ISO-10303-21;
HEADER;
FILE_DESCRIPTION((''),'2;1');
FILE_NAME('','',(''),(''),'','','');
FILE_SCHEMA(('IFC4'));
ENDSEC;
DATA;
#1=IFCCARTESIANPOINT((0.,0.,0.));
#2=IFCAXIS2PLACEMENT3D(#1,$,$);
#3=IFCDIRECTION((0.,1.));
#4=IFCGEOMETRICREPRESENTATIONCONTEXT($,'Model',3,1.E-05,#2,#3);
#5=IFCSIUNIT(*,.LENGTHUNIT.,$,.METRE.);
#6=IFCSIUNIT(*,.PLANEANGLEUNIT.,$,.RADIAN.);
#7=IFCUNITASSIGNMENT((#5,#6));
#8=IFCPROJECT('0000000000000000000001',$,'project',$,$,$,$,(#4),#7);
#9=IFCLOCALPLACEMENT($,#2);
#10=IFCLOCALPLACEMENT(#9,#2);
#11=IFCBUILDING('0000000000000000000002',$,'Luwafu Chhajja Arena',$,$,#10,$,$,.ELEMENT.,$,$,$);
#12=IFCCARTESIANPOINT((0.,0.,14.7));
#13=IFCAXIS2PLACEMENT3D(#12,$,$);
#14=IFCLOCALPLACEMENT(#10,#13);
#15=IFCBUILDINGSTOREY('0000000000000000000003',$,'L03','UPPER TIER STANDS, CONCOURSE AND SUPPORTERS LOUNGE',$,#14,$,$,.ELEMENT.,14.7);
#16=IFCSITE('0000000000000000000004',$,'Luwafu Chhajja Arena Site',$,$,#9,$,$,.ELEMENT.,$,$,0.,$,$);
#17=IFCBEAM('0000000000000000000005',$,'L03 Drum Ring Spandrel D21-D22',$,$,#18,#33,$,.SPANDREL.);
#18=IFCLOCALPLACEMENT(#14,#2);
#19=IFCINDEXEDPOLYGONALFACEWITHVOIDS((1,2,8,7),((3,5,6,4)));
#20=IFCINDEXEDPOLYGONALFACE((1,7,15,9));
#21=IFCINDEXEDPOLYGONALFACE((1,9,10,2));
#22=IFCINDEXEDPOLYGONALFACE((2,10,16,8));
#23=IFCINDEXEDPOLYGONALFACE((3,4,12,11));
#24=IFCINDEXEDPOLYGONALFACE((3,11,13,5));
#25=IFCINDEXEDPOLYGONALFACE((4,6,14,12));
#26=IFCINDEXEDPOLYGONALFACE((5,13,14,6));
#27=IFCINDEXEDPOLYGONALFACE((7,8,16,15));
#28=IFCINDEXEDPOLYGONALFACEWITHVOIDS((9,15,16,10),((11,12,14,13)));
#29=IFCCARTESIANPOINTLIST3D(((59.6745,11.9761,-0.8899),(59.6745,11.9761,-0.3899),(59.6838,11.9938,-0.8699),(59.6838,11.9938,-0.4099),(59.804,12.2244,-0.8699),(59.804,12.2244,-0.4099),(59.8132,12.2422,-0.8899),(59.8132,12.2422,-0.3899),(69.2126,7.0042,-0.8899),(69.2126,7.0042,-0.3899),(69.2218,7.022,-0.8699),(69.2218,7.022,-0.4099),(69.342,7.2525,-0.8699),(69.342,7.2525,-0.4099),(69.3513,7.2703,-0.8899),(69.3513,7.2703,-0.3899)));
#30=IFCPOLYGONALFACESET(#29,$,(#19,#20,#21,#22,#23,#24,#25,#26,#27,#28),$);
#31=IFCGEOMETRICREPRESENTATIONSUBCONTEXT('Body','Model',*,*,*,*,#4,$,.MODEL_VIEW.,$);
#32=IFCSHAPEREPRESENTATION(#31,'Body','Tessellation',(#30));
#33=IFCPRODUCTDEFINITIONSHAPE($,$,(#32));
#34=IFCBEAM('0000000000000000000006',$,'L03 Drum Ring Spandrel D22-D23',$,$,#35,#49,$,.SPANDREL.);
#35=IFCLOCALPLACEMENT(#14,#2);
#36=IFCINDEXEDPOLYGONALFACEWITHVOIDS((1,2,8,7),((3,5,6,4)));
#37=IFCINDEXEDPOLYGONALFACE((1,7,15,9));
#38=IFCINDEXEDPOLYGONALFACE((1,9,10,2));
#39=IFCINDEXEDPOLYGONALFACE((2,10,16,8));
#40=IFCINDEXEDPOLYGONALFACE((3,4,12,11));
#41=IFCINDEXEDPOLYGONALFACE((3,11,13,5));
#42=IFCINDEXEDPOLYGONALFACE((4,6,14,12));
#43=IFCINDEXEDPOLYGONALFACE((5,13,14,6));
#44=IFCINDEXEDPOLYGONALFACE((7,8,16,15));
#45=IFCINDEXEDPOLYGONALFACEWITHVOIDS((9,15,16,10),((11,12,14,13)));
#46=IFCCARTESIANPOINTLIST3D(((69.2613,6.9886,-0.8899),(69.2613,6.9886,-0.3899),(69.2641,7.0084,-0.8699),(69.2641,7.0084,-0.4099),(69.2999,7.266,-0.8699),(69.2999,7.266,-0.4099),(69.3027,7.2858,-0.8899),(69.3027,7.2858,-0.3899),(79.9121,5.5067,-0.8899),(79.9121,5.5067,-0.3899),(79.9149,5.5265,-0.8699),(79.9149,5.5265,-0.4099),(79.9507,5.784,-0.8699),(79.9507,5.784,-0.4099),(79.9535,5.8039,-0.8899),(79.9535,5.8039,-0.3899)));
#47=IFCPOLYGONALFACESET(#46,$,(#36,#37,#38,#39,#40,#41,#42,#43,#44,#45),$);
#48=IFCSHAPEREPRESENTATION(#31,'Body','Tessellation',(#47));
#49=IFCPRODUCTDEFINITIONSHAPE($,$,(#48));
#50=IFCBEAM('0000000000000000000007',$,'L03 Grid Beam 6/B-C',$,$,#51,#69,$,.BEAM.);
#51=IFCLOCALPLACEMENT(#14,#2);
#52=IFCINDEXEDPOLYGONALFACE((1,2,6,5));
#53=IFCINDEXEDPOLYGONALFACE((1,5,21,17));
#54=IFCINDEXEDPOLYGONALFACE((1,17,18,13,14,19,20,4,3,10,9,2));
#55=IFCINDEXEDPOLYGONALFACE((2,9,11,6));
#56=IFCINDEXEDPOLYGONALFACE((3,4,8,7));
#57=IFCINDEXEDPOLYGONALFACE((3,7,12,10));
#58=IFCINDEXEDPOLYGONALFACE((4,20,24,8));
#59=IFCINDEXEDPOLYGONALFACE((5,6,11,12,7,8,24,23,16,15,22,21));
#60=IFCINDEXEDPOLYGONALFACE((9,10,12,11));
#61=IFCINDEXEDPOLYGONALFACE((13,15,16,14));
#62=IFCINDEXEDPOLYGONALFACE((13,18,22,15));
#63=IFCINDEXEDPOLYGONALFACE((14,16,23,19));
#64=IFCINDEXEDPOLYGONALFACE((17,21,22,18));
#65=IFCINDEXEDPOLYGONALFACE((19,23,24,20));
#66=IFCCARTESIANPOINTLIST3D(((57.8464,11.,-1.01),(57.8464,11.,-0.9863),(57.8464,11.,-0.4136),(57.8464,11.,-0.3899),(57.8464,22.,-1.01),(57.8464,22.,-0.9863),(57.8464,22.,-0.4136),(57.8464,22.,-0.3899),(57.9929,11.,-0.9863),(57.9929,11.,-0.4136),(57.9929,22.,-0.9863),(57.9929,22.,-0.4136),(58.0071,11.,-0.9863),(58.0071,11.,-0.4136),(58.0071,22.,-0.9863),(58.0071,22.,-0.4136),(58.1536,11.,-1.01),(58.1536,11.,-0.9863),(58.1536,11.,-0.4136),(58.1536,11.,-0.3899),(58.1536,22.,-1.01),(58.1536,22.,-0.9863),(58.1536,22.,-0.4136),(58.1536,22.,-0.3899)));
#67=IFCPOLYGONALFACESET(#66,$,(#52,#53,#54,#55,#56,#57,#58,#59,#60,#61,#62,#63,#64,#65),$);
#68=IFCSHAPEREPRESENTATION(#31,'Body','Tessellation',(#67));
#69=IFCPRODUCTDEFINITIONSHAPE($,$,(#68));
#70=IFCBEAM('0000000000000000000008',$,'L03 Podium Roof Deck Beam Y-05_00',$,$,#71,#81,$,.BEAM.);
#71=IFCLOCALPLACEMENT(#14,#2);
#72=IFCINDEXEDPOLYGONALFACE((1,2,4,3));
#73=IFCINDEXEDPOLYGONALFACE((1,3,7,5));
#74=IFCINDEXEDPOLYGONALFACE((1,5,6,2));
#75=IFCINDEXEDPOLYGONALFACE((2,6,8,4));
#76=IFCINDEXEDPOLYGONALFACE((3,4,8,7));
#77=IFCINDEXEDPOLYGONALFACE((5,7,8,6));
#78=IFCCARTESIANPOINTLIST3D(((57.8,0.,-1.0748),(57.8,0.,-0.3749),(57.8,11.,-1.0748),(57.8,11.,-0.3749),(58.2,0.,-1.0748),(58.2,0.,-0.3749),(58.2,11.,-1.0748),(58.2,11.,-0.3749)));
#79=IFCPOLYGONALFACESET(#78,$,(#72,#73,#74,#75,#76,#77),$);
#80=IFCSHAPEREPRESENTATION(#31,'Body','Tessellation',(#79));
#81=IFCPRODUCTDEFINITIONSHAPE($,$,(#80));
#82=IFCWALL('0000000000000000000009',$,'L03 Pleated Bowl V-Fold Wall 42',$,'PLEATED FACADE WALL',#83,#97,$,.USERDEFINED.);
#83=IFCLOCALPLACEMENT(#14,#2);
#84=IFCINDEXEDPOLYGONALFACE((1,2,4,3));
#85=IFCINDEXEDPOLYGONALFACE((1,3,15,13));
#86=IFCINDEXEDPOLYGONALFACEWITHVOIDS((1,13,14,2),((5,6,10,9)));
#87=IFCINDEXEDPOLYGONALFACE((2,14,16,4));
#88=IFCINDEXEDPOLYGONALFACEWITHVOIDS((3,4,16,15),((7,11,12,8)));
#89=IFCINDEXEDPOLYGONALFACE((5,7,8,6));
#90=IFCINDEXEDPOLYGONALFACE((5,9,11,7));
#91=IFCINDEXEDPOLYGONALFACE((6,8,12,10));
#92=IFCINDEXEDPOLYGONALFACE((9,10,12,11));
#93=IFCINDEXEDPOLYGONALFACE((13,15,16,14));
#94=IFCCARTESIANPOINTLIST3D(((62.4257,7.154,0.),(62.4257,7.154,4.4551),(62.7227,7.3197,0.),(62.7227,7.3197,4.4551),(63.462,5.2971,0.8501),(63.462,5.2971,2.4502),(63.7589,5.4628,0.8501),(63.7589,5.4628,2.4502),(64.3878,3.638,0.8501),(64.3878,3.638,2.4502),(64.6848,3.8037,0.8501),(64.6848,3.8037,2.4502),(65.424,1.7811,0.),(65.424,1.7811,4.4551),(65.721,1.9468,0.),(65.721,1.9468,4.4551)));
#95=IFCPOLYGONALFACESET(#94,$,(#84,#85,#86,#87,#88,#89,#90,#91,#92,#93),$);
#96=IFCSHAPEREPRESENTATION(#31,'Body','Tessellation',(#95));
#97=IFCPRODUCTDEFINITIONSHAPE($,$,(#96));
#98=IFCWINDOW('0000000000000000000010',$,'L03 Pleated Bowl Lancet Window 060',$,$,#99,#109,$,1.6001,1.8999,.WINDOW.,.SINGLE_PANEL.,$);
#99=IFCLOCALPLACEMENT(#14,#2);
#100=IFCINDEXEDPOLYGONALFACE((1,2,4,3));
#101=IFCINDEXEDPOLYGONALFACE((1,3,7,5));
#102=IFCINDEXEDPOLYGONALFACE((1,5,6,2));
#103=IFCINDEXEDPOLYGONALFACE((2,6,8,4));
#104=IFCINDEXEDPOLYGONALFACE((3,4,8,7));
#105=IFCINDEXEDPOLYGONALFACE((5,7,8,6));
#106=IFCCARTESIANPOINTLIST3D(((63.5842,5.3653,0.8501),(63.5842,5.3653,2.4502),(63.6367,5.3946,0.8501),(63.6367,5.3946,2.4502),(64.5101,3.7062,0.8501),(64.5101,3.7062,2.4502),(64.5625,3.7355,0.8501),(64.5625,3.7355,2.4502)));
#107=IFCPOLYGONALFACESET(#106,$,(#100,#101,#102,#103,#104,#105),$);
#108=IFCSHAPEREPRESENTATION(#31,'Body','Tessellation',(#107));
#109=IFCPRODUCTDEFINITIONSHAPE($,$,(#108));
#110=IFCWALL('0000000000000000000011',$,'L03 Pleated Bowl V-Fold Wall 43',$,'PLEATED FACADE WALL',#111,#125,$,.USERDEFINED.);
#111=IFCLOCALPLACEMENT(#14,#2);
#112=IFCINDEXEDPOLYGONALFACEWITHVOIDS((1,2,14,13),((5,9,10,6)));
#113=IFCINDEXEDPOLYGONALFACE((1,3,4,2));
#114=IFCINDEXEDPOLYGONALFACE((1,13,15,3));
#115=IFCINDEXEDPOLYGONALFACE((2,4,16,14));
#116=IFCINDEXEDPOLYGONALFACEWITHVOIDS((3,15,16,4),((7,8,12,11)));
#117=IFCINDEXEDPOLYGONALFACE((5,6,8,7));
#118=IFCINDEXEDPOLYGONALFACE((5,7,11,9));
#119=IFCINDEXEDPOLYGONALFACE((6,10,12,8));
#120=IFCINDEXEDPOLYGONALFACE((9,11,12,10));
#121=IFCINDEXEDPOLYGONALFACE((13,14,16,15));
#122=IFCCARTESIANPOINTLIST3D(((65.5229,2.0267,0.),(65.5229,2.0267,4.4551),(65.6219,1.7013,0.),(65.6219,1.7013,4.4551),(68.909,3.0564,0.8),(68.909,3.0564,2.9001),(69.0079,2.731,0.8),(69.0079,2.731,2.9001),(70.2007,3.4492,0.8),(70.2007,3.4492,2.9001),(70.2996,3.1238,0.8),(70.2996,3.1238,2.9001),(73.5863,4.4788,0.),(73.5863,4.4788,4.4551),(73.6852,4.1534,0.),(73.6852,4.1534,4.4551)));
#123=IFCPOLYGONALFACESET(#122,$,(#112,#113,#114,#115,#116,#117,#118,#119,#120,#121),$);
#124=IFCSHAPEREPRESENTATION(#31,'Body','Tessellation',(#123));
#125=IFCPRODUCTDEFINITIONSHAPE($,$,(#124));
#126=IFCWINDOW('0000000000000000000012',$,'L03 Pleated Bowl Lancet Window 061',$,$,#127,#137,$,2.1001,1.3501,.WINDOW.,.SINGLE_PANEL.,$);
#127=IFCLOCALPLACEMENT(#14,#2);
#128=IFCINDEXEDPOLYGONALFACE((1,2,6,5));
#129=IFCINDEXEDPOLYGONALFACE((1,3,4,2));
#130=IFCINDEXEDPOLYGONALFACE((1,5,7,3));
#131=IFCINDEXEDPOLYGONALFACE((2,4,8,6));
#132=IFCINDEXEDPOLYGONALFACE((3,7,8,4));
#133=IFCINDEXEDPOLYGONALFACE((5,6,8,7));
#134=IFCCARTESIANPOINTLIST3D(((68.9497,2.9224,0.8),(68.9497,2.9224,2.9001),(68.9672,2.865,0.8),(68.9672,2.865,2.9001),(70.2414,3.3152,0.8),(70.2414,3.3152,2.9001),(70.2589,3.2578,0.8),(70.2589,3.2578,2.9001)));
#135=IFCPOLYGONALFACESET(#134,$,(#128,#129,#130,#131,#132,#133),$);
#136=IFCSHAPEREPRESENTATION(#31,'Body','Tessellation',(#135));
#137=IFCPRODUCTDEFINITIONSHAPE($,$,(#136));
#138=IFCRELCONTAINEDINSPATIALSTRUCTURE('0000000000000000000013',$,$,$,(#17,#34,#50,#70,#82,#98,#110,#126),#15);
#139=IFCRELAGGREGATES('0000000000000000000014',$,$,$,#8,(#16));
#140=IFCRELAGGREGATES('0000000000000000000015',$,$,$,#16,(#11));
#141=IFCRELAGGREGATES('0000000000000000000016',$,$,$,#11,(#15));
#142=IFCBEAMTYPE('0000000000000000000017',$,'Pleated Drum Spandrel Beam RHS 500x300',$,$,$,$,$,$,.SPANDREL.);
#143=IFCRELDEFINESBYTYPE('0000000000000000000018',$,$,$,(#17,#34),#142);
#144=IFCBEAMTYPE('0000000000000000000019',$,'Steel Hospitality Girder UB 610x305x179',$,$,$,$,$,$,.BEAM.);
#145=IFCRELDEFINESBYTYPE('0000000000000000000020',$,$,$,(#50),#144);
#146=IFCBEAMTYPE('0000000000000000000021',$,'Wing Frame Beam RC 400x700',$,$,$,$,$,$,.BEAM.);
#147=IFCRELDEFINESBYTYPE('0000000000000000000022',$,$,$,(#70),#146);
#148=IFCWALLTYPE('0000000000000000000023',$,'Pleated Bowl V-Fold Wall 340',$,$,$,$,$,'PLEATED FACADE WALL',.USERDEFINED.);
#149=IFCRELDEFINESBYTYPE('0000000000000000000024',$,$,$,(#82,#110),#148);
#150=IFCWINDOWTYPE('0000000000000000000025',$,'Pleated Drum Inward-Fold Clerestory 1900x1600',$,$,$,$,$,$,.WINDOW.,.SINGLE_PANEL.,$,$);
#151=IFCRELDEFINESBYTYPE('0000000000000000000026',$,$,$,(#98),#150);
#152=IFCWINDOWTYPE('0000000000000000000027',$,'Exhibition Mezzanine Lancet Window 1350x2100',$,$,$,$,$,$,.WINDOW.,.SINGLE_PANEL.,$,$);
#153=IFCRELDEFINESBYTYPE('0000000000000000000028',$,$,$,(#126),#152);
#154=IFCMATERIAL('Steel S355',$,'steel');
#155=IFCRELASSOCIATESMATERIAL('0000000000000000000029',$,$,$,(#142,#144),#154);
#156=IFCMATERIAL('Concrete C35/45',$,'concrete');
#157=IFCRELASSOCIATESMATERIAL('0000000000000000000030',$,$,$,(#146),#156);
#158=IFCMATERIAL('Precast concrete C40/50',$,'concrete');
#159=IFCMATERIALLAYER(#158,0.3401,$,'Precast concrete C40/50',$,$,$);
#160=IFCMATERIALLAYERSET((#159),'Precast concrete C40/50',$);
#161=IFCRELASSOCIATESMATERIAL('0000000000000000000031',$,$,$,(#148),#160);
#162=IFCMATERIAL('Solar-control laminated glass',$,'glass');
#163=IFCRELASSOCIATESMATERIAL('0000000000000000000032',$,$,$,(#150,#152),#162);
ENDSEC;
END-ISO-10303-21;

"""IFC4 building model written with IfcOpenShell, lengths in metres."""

from ifc_helpers import new_model, si_unit, direction, frame, frame_2d, origin, origin_2d, place, context, subcontext, project, spatial, rectangle, hollow_rectangle, i_section, extrude, material, layer, layer_set, material_profile, profile_set, type_object, element, fill, save


model = new_model("IFC4")

# Units and contexts
model_context = context("Model", 3, precision=1e-05, world=origin(), true_north=direction((0.0, 1.0)))
body_context = subcontext(model_context, "Body", "Model", "MODEL_VIEW")
ifc_project = project(units=[si_unit("LENGTHUNIT", "METRE"), si_unit("PLANEANGLEUNIT", "RADIAN")], contexts=[model_context])

# Site, building, storey
site_placement = place(None, origin())
site = spatial("IfcSite", under=ifc_project, at=site_placement, Name="Luwafu Chhajja Arena Site", CompositionType="ELEMENT", RefElevation=0.0)
building_placement = place(site_placement, origin())
building = spatial("IfcBuilding", under=site, at=building_placement, Name="Luwafu Chhajja Arena", CompositionType="ELEMENT")
storey_placement = place(building_placement, frame((0.0, 0.0, 14.7)))
storey = spatial("IfcBuildingStorey", under=building, at=storey_placement, Name="L03", Description="UPPER TIER STANDS, CONCOURSE AND SUPPORTERS LOUNGE", CompositionType="ELEMENT", Elevation=14.7)

# Shared definitions
ifc_material_1 = material(Name="Concrete C35/45", Category="concrete")
ifc_material_2 = material(Name="Steel S355", Category="steel")

# Beams
ifc_material_profile_1 = material_profile(ifc_material_2, hollow_rectangle(XDim=0.3, YDim=0.5, WallThickness=0.02, at=origin_2d()), Name="RHS 500x300x20")
ifc_profile_set_1 = profile_set([ifc_material_profile_1], Name="Steel S355")
beam_type_1 = type_object("IfcBeamType", Name="Pleated Drum Spandrel Beam RHS 500x300", PredefinedType="SPANDREL", material=ifc_profile_set_1)
beam_1_placement = place(storey_placement, frame((59.7439, 12.1091, -0.6399), z_axis=(0.886755, -0.462239, 0.0), x_axis=(0.462239, 0.886755, 0.0)))
element("IfcBeam", 1, at=beam_1_placement, inside=storey, type_object=beam_type_1, Name="L03 Drum Ring Spandrel D21-D22", PredefinedType="SPANDREL", context=body_context, shape_type="SweptSolid", body=[
    extrude(hollow_rectangle(XDim=0.3, YDim=0.5, WallThickness=0.02, at=origin_2d()), origin(), (0.0, 0.0, 1.0), 10.7561),
])
beam_2_placement = place(storey_placement, frame((69.282, 7.1372, -0.6399), z_axis=(0.990459, -0.13781, 0.0), x_axis=(0.13781, 0.990459, 0.0)))
element("IfcBeam", 2, at=beam_2_placement, inside=storey, type_object=beam_type_1, Name="L03 Drum Ring Spandrel D22-D23", PredefinedType="SPANDREL", context=body_context, shape_type="SweptSolid", body=[
    extrude(hollow_rectangle(XDim=0.3, YDim=0.5, WallThickness=0.02, at=origin_2d()), origin(), (0.0, 0.0, 1.0), 10.7534),
])
ifc_material_profile_2 = material_profile(ifc_material_2, i_section(OverallWidth=0.3071, OverallDepth=0.6201, WebThickness=0.0142, FlangeThickness=0.0237, at=origin_2d()), Name="UB 610x305x179")
ifc_profile_set_2 = profile_set([ifc_material_profile_2], Name="Steel S355")
beam_type_2 = type_object("IfcBeamType", Name="Steel Hospitality Girder UB 610x305x179", PredefinedType="BEAM", material=ifc_profile_set_2)
beam_3_placement = place(storey_placement, frame((58.0, 11.0, -0.7), z_axis=(0.0, 1.0, 0.0), x_axis=(-1.0, 0.0, 0.0)))
element("IfcBeam", 3, at=beam_3_placement, inside=storey, type_object=beam_type_2, Name="L03 Grid Beam 6/B-C", PredefinedType="BEAM", context=body_context, shape_type="SweptSolid", body=[
    extrude(i_section(OverallWidth=0.3071, OverallDepth=0.6201, WebThickness=0.0142, FlangeThickness=0.0237, at=origin_2d()), origin(), (0.0, 0.0, 1.0), 11.0),
])
ifc_material_profile_3 = material_profile(ifc_material_1, rectangle(XDim=0.3999, YDim=0.7, at=origin_2d()), Name="RC 400x700")
ifc_profile_set_3 = profile_set([ifc_material_profile_3], Name="Concrete C35/45")
beam_type_3 = type_object("IfcBeamType", Name="Wing Frame Beam RC 400x700", PredefinedType="BEAM", material=ifc_profile_set_3)
beam_4_placement = place(storey_placement, frame((58.0, 0.0, -0.7249), z_axis=(0.0, 1.0, 0.0), x_axis=(-1.0, 0.0, 0.0)))
element("IfcBeam", 4, at=beam_4_placement, inside=storey, type_object=beam_type_3, Name="L03 Podium Roof Deck Beam Y-05_00", PredefinedType="BEAM", context=body_context, shape_type="SweptSolid", body=[
    extrude(rectangle(XDim=0.3999, YDim=0.7, at=origin_2d()), origin(), (0.0, 0.0, 1.0), 11.0),
])

# Walls, openings, windows
ifc_material_3 = material(Name="Precast concrete C40/50", Category="concrete")
ifc_layer_1 = layer(ifc_material_3, 0.3401, Name="Precast concrete C40/50")
ifc_layer_set_1 = layer_set([ifc_layer_1], Name="Precast concrete C40/50")
wall_type = type_object("IfcWallType", Name="Pleated Bowl V-Fold Wall 340", ElementType="PLEATED FACADE WALL", PredefinedType="USERDEFINED", material=ifc_layer_set_1)
wall_1_placement = place(storey_placement, frame((62.5742, 7.2368, 0.0), z_axis=(0.0, 0.0, 1.0), x_axis=(0.487306, -0.873231, 0.0)))
wall_1 = element("IfcWall", 5, at=wall_1_placement, inside=storey, type_object=wall_type, Name="L03 Pleated Bowl V-Fold Wall 42", ObjectType="PLEATED FACADE WALL", PredefinedType="USERDEFINED", context=body_context, shape_type="SweptSolid", body=[
    extrude(rectangle(XDim=6.1528, YDim=0.3401, at=frame_2d((3.0764, 0.0))), origin(), (0.0, 0.0, 1.0), 4.4551),
])
opening_1_placement = place(wall_1_placement, frame((2.1265, 0.0, 0.8501)))
opening_1 = element("IfcOpeningElement", 6, at=opening_1_placement, cuts=wall_1, PredefinedType="OPENING", context=body_context, shape_type="SweptSolid", body=[
    extrude(rectangle(XDim=1.8999, YDim=1.6001, at=frame_2d((0.95, 0.8))), frame((0.0, 0.1799, 0.0), z_axis=(0.0, -1.0, 0.0), x_axis=(1.0, 0.0, 0.0)), (0.0, 0.0, 1.0), 0.3601),
])
ifc_material_4 = material(Name="Solar-control laminated glass", Category="glass")
window_type_1 = type_object("IfcWindowType", Name="Pleated Drum Inward-Fold Clerestory 1900x1600", PartitioningType="SINGLE_PANEL", PredefinedType="WINDOW", material=ifc_material_4)
window_1_placement = place(opening_1_placement, origin())
window_1 = element("IfcWindow", 7, at=window_1_placement, inside=storey, type_object=window_type_1, Name="L03 Pleated Bowl Lancet Window 060", OverallHeight=1.6001, OverallWidth=1.8999, PartitioningType="SINGLE_PANEL", PredefinedType="WINDOW", context=body_context, shape_type="SweptSolid", body=[
    extrude(rectangle(XDim=1.8999, YDim=1.6001, at=frame_2d((0.95, 0.8))), frame((0.0, 0.03, 0.0), z_axis=(0.0, -1.0, 0.0), x_axis=(1.0, 0.0, 0.0)), (0.0, 0.0, 1.0), 0.0601),
])
fill(opening_1, window_1)
wall_2_placement = place(storey_placement, frame((65.5725, 1.864, 0.0), z_axis=(0.0, 0.0, 1.0), x_axis=(0.956738, 0.29095, 0.0)))
wall_2 = element("IfcWall", 8, at=wall_2_placement, inside=storey, type_object=wall_type, Name="L03 Pleated Bowl V-Fold Wall 43", ObjectType="PLEATED FACADE WALL", PredefinedType="USERDEFINED", context=body_context, shape_type="SweptSolid", body=[
    extrude(rectangle(XDim=8.428, YDim=0.3401, at=frame_2d((4.2139, 0.0))), origin(), (0.0, 0.0, 1.0), 4.4551),
])
opening_2_placement = place(wall_2_placement, frame((3.5391, 0.0, 0.8)))
opening_2 = element("IfcOpeningElement", 9, at=opening_2_placement, cuts=wall_2, PredefinedType="OPENING", context=body_context, shape_type="SweptSolid", body=[
    extrude(rectangle(XDim=1.3501, YDim=2.1001, at=frame_2d((0.675, 1.05))), frame((0.0, 0.1799, 0.0), z_axis=(0.0, -1.0, 0.0), x_axis=(1.0, 0.0, 0.0)), (0.0, 0.0, 1.0), 0.3601),
])
window_type_2 = type_object("IfcWindowType", Name="Exhibition Mezzanine Lancet Window 1350x2100", PartitioningType="SINGLE_PANEL", PredefinedType="WINDOW", material=ifc_material_4)
window_2_placement = place(opening_2_placement, origin())
window_2 = element("IfcWindow", 10, at=window_2_placement, inside=storey, type_object=window_type_2, Name="L03 Pleated Bowl Lancet Window 061", OverallHeight=2.1001, OverallWidth=1.3501, PartitioningType="SINGLE_PANEL", PredefinedType="WINDOW", context=body_context, shape_type="SweptSolid", body=[
    extrude(rectangle(XDim=1.3501, YDim=2.1001, at=frame_2d((0.675, 1.05))), frame((0.0, 0.03, 0.0), z_axis=(0.0, -1.0, 0.0), x_axis=(1.0, 0.0, 0.0)), (0.0, 0.0, 1.0), 0.0601),
])
fill(opening_2, window_2)

save(model, "model.ifc")
